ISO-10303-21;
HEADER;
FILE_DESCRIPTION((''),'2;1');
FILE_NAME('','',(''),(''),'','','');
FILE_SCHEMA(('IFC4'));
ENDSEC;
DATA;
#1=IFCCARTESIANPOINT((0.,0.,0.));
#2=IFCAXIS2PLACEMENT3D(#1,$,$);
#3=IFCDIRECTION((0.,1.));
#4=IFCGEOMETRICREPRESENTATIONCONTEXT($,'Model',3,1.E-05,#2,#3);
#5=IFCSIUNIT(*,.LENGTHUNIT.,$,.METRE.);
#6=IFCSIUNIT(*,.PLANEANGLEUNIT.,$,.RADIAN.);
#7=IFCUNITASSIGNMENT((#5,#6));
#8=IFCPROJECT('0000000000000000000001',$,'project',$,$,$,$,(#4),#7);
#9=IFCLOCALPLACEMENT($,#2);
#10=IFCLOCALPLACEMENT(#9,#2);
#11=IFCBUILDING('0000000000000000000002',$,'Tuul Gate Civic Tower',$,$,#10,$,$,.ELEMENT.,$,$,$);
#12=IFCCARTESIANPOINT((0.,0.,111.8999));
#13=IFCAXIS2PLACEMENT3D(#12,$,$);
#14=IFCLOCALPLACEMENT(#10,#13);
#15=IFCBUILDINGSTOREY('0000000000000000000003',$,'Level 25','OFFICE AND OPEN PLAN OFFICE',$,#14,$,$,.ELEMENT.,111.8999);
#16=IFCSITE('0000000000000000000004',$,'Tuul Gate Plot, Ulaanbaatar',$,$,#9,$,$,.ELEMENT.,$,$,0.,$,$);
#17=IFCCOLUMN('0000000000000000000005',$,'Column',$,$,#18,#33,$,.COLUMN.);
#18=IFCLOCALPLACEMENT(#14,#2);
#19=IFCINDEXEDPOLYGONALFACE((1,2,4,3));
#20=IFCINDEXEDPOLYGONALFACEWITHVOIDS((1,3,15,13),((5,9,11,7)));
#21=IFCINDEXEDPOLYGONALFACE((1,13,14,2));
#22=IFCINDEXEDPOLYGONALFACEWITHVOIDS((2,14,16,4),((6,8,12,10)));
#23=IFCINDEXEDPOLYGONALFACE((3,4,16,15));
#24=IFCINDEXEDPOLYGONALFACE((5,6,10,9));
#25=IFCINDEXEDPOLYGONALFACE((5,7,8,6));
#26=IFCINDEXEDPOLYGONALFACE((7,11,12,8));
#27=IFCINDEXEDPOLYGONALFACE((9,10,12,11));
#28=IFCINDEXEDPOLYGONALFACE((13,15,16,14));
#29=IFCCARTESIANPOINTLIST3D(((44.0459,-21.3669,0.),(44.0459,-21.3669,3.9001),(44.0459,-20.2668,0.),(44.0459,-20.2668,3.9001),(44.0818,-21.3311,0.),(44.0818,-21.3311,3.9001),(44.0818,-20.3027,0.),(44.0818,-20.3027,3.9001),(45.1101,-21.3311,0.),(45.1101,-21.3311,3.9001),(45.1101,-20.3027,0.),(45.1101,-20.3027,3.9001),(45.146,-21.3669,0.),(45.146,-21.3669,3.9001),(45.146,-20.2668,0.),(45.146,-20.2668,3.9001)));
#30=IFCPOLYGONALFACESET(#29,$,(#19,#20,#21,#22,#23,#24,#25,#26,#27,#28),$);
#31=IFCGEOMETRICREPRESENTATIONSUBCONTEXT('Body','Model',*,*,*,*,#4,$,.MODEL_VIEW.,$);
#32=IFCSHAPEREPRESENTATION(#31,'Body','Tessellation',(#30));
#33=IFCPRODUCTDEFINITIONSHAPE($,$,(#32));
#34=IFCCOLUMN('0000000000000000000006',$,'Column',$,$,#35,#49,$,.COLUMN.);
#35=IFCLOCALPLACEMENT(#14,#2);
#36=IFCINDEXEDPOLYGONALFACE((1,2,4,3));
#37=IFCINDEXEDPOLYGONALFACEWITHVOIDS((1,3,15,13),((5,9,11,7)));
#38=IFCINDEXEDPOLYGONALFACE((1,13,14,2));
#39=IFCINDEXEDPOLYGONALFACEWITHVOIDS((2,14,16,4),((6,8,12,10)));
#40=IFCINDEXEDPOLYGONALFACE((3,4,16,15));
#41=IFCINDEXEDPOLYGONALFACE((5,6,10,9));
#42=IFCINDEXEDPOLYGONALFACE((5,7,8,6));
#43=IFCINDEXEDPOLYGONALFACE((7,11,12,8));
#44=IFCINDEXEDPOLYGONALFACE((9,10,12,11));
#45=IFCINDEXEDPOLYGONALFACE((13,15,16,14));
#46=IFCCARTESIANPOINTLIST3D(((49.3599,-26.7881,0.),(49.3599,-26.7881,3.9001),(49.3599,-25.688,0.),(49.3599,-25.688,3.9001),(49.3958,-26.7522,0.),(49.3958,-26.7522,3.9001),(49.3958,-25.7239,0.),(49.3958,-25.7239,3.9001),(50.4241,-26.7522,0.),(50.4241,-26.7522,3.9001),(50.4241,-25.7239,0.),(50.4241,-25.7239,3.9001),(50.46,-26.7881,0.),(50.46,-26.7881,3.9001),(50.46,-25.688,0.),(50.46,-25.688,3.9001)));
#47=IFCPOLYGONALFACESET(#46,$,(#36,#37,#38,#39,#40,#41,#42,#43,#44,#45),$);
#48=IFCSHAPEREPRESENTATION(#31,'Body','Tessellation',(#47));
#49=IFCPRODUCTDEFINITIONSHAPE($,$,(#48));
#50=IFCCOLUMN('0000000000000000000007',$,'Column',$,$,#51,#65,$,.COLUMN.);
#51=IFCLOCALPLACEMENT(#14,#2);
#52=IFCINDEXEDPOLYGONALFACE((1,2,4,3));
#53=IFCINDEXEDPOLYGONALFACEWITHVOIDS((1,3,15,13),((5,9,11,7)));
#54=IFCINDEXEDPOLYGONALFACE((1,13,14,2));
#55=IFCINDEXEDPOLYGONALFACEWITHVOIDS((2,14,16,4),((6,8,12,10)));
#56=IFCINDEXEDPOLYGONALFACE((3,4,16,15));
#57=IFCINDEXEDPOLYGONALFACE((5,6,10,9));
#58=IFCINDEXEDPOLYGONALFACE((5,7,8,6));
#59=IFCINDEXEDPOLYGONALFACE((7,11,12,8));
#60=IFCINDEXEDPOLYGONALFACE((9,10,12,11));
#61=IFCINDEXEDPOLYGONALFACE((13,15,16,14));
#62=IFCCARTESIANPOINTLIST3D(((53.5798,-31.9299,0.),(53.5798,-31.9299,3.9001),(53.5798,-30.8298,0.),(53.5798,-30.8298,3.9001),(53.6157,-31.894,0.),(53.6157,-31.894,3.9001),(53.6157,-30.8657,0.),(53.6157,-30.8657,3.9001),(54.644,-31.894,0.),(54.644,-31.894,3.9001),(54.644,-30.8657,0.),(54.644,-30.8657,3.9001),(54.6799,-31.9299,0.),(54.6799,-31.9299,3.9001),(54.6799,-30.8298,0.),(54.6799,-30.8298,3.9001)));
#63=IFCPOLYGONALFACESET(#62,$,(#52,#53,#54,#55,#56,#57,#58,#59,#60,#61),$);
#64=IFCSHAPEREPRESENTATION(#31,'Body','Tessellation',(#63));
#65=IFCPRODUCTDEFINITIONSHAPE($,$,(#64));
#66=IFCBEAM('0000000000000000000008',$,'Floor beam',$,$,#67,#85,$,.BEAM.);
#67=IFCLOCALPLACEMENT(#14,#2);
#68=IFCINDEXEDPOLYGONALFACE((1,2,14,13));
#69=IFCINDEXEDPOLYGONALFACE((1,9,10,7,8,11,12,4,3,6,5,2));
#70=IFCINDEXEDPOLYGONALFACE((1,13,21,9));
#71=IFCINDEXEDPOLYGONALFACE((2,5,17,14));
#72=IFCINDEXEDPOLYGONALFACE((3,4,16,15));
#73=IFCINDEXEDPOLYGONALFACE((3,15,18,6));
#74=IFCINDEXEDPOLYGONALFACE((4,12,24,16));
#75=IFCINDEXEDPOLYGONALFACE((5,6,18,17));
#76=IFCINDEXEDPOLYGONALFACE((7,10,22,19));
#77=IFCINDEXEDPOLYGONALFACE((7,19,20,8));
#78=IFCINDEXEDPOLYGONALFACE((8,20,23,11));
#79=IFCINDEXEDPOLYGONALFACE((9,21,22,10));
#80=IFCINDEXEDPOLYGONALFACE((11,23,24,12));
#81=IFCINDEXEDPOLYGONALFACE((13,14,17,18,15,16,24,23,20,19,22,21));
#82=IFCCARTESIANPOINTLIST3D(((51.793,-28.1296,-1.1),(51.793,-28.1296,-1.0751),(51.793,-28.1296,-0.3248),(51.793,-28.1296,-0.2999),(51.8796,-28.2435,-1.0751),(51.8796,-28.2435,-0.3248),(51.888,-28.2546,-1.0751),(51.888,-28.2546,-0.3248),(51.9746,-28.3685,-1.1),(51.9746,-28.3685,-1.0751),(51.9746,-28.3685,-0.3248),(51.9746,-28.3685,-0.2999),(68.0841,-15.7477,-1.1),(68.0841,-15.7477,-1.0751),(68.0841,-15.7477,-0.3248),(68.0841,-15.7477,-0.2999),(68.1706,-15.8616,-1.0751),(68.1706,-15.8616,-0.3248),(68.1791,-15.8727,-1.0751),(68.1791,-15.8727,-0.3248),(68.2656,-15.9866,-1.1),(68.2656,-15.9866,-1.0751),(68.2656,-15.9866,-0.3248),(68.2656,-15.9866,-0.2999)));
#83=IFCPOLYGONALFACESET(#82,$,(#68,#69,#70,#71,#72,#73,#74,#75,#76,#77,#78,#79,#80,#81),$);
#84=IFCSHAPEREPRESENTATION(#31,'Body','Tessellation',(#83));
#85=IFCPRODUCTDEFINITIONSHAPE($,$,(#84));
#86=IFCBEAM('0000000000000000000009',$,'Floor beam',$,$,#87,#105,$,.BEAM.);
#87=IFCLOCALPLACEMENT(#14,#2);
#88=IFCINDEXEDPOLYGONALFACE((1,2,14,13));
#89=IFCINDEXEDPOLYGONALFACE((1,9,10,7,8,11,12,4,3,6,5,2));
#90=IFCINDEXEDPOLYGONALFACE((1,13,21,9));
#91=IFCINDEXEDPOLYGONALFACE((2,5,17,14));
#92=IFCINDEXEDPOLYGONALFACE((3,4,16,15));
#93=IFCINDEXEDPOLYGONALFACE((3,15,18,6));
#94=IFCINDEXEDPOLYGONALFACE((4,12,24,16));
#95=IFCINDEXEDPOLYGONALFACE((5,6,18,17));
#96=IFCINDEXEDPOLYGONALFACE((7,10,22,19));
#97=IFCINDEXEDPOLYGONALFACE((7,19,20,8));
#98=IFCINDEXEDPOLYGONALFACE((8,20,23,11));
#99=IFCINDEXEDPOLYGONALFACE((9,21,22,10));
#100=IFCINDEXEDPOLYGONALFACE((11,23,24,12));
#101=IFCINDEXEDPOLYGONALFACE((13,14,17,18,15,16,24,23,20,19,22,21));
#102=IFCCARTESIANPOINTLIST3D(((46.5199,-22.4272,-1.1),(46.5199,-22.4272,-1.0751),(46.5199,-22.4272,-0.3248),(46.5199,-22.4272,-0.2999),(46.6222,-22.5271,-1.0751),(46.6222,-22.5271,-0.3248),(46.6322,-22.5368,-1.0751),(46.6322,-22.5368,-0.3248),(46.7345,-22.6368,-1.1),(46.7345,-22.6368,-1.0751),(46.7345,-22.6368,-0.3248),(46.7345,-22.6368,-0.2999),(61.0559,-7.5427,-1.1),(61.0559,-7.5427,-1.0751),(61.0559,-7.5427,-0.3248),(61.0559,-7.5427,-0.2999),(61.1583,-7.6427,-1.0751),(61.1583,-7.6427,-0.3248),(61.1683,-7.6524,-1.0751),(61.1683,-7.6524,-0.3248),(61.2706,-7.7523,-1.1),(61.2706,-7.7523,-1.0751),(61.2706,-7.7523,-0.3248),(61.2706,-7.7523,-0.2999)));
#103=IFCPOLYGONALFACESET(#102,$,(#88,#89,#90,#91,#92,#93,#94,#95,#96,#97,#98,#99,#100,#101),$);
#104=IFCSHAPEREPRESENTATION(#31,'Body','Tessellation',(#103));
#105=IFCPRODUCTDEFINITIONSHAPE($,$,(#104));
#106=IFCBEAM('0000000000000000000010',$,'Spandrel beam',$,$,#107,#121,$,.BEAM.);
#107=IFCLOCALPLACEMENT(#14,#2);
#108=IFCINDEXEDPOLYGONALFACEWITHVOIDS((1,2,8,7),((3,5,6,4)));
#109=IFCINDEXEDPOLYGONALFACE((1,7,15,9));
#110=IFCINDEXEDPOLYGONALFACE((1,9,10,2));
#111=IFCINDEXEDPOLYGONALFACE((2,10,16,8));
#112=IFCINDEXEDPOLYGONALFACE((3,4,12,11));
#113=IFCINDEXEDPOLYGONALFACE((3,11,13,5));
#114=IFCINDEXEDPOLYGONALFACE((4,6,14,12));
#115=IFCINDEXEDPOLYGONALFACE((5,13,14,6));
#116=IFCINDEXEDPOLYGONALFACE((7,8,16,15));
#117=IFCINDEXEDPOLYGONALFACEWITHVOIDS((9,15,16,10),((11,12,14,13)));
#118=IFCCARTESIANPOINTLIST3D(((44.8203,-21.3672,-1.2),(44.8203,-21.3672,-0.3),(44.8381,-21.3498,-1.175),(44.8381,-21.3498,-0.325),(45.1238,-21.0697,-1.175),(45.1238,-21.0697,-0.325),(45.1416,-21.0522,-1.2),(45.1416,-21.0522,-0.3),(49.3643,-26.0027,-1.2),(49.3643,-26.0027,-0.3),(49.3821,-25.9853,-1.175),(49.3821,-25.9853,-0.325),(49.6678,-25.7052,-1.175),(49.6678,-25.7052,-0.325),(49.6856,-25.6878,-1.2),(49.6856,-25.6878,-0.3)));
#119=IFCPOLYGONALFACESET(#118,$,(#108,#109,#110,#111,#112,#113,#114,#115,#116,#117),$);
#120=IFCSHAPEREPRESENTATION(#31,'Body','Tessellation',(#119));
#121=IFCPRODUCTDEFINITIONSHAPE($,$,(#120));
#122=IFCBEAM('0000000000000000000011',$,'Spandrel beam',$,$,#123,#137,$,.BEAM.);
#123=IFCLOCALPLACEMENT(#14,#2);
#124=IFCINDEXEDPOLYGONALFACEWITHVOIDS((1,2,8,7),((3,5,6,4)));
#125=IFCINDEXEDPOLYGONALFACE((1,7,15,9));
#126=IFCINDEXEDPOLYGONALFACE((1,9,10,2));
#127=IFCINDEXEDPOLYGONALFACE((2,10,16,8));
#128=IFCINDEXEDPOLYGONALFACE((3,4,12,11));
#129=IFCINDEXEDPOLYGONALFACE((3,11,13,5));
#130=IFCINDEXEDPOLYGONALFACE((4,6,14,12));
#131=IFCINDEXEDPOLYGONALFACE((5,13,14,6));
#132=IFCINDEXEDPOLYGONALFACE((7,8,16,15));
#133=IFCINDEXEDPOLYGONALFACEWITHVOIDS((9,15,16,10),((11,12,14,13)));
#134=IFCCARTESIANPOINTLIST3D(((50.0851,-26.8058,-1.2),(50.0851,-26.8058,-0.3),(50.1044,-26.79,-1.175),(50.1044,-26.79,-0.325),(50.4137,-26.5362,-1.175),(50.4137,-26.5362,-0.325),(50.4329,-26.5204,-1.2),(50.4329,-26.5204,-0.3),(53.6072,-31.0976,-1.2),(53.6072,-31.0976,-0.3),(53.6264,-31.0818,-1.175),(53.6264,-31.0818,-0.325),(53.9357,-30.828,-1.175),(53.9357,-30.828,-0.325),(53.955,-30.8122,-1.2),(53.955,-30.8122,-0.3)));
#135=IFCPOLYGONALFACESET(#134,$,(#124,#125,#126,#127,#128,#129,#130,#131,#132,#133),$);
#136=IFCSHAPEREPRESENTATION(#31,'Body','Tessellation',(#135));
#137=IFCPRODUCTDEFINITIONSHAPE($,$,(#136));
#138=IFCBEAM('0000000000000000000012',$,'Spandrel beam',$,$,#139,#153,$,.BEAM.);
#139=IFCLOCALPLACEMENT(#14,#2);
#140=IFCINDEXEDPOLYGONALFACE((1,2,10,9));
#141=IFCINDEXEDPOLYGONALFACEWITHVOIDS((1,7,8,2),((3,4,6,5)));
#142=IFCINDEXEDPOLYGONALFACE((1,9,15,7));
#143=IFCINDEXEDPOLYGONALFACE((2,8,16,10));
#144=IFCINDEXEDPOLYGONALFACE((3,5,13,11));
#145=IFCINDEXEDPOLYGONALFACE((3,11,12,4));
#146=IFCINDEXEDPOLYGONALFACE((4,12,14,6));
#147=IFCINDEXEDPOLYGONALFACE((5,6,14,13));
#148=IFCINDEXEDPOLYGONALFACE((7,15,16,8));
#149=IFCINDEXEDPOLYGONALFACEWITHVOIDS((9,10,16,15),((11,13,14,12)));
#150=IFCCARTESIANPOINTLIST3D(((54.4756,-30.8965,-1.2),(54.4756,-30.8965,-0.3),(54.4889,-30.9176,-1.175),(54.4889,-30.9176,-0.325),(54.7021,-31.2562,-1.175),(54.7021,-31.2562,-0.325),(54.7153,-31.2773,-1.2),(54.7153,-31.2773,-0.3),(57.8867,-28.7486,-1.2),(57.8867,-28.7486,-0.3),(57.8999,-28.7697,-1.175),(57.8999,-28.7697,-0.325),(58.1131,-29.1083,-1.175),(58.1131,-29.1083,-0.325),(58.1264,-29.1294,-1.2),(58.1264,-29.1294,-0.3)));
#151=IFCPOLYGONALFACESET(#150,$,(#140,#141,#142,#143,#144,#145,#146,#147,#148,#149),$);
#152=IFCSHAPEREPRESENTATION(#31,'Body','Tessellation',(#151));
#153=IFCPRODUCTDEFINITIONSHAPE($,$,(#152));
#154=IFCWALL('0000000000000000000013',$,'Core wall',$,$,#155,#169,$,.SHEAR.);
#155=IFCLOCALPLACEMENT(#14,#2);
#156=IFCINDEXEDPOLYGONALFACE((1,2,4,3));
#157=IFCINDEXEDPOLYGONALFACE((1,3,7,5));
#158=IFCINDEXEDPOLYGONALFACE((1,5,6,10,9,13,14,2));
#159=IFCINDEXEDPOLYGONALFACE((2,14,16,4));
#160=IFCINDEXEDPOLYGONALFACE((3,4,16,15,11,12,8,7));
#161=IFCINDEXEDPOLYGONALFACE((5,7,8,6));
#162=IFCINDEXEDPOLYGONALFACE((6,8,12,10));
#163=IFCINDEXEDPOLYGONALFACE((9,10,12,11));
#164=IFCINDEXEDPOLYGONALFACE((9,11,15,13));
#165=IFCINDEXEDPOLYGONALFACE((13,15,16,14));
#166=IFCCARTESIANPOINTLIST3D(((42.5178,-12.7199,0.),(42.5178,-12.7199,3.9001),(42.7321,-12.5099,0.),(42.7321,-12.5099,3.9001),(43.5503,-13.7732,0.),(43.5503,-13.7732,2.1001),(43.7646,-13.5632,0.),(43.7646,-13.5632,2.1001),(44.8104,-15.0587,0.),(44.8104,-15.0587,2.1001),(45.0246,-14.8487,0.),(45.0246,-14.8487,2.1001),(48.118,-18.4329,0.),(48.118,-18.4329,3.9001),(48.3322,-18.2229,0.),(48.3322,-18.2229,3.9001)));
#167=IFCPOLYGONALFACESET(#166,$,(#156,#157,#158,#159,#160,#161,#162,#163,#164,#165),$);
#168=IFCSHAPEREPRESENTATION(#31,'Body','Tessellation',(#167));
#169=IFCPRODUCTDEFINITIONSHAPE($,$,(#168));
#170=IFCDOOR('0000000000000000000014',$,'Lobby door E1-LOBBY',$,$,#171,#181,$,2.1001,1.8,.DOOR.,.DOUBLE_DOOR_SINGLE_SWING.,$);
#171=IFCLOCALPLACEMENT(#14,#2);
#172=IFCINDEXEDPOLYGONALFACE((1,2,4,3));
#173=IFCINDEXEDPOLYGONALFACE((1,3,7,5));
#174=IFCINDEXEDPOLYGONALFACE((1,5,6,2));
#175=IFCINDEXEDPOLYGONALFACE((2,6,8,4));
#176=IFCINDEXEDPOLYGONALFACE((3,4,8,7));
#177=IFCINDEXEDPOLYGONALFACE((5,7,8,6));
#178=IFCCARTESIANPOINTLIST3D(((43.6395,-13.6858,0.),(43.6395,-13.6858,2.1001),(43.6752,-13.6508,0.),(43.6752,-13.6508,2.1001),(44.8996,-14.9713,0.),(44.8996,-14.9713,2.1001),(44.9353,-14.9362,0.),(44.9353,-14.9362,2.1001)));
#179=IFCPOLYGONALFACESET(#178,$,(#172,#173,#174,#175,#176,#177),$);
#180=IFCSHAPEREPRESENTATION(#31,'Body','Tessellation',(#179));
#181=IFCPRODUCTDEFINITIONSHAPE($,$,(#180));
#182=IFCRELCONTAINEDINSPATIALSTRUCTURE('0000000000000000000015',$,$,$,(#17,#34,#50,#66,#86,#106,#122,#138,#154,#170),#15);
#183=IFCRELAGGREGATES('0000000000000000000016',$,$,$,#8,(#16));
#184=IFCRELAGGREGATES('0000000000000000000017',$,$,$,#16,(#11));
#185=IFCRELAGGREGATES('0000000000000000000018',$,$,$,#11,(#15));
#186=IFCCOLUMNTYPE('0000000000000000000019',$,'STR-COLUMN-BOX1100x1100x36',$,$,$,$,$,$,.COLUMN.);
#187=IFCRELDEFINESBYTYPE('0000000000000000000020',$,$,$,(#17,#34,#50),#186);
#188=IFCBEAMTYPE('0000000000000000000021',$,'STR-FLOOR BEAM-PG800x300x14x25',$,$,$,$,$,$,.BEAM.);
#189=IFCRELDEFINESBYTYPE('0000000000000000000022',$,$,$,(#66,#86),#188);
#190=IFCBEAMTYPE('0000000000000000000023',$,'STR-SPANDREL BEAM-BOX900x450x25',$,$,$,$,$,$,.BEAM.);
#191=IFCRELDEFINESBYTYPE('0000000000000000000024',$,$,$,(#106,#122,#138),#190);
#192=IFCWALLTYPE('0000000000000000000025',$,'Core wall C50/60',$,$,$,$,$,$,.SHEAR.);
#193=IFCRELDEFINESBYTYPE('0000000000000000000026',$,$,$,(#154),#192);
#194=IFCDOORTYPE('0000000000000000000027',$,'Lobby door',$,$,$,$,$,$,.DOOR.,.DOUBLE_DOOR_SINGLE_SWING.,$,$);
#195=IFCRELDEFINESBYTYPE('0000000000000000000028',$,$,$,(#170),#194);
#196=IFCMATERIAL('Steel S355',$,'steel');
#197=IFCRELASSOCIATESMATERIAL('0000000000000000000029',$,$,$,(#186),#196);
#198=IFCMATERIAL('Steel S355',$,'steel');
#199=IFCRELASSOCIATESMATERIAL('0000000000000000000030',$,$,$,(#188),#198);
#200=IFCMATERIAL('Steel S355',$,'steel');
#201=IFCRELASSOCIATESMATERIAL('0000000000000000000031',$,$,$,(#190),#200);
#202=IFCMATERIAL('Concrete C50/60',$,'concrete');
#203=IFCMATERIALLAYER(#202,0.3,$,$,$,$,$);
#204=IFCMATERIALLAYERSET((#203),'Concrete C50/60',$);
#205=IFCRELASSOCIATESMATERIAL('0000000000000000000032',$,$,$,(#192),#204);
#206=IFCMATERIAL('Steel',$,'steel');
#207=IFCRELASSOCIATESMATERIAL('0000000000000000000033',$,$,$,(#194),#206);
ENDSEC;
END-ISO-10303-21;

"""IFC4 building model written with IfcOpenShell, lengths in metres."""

from ifc_helpers import new_model, si_unit, direction, frame, frame_2d, origin, origin_2d, place, context, subcontext, project, spatial, rectangle, hollow_rectangle, i_section, extrude, material, layer, layer_set, material_profile, profile_set, type_object, element, fill, save


model = new_model("IFC4")

# Units and contexts
model_context = context("Model", 3, precision=1e-05, world=origin(), true_north=direction((0.0, 1.0)))
body_context = subcontext(model_context, "Body", "Model", "MODEL_VIEW")
ifc_project = project(units=[si_unit("LENGTHUNIT", "METRE"), si_unit("PLANEANGLEUNIT", "RADIAN")], contexts=[model_context])

# Site, building, storey
site_placement = place(None, origin())
site = spatial("IfcSite", under=ifc_project, at=site_placement, Name="Tuul Gate Plot, Ulaanbaatar", CompositionType="ELEMENT", RefElevation=0.0)
building_placement = place(site_placement, origin())
building = spatial("IfcBuilding", under=site, at=building_placement, Name="Tuul Gate Civic Tower", CompositionType="ELEMENT")
storey_placement = place(building_placement, frame((0.0, 0.0, 111.8999)))
storey = spatial("IfcBuildingStorey", under=building, at=storey_placement, Name="Level 25", Description="OFFICE AND OPEN PLAN OFFICE", CompositionType="ELEMENT", Elevation=111.8999)

# Columns
ifc_material_1 = material(Name="Steel S355", Category="steel")
ifc_material_profile_1 = material_profile(ifc_material_1, hollow_rectangle(XDim=1.1001, YDim=1.1001, WallThickness=0.0359, at=origin_2d()), Name="BOX1100x1100x36")
ifc_profile_set_1 = profile_set([ifc_material_profile_1], Name="Steel S355")
column_type = type_object("IfcColumnType", Name="STR-COLUMN-BOX1100x1100x36", PredefinedType="COLUMN", material=ifc_profile_set_1)
for number, where, z_axis, x_axis, name in (
    (1, (44.5959, -20.8169, 0.0), (0.0, 0.0, 1.0), (1.0, 0.0, 0.0), "Column"),
    (2, (49.9099, -26.238, 0.0), (0.0, 0.0, 1.0), (1.0, 0.0, 0.0), "Column"),
    (3, (54.1299, -31.3799, 0.0), (0.0, 0.0, 1.0), (1.0, 0.0, 0.0), "Column"),
):
    element("IfcColumn", number, at=place(storey_placement, frame(where, z_axis=z_axis, x_axis=x_axis)), inside=storey, type_object=column_type, Name=name, PredefinedType="COLUMN", context=body_context, shape_type="SweptSolid", body=[
        extrude(hollow_rectangle(XDim=1.1001, YDim=1.1001, WallThickness=0.0359, at=origin_2d()), origin(), (0.0, 0.0, 1.0), 3.9001),
    ])

# Beams
ifc_material_2 = material(Name="Steel S355", Category="steel")
ifc_material_profile_2 = material_profile(ifc_material_2, i_section(OverallWidth=0.3, OverallDepth=0.8, WebThickness=0.0139, FlangeThickness=0.0249, at=origin_2d()), Name="PG800x300x14x25")
ifc_profile_set_2 = profile_set([ifc_material_profile_2], Name="Steel S355")
beam_type_1 = type_object("IfcBeamType", Name="STR-FLOOR BEAM-PG800x300x14x25", PredefinedType="BEAM", material=ifc_profile_set_2)
beam_1_placement = place(storey_placement, frame((51.8838, -28.249, -0.7), z_axis=(0.796147, 0.605104, 0.0), x_axis=(-0.605104, 0.796147, 0.0)))
element("IfcBeam", 4, at=beam_1_placement, inside=storey, type_object=beam_type_1, Name="Floor beam", PredefinedType="BEAM", context=body_context, shape_type="SweptSolid", body=[
    extrude(i_section(OverallWidth=0.3, OverallDepth=0.8, WebThickness=0.0139, FlangeThickness=0.0249, at=origin_2d()), origin(), (0.0, 0.0, 1.0), 20.4624),
])
beam_2_placement = place(storey_placement, frame((46.6272, -22.532, -0.7), z_axis=(0.698684, 0.71543, 0.0), x_axis=(-0.71543, 0.698684, 0.0)))
element("IfcBeam", 5, at=beam_2_placement, inside=storey, type_object=beam_type_1, Name="Floor beam", PredefinedType="BEAM", context=body_context, shape_type="SweptSolid", body=[
    extrude(i_section(OverallWidth=0.3, OverallDepth=0.8, WebThickness=0.0139, FlangeThickness=0.0249, at=origin_2d()), origin(), (0.0, 0.0, 1.0), 20.8049),
])
ifc_material_3 = material(Name="Steel S355", Category="steel")
ifc_material_profile_3 = material_profile(ifc_material_3, hollow_rectangle(XDim=0.45, YDim=0.8999, WallThickness=0.0249, at=origin_2d()), Name="BOX900x450x25")
ifc_profile_set_3 = profile_set([ifc_material_profile_3], Name="Steel S355")
beam_type_2 = type_object("IfcBeamType", Name="STR-SPANDREL BEAM-BOX900x450x25", PredefinedType="BEAM", material=ifc_profile_set_3)
beam_3_placement = place(storey_placement, frame((44.981, -21.2097, -0.75), z_axis=(0.70002, -0.714124, 0.0), x_axis=(0.714124, 0.70002, 0.0)))
element("IfcBeam", 6, at=beam_3_placement, inside=storey, type_object=beam_type_2, Name="Spandrel beam", PredefinedType="BEAM", context=body_context, shape_type="SweptSolid", body=[
    extrude(hollow_rectangle(XDim=0.45, YDim=0.8999, WallThickness=0.0249, at=origin_2d()), origin(), (0.0, 0.0, 1.0), 6.4912),
])
beam_4_placement = place(storey_placement, frame((50.259, -26.6631, -0.75), z_axis=(0.634375, -0.773026, 0.0), x_axis=(0.773026, 0.634375, 0.0)))
element("IfcBeam", 7, at=beam_4_placement, inside=storey, type_object=beam_type_2, Name="Spandrel beam", PredefinedType="BEAM", context=body_context, shape_type="SweptSolid", body=[
    extrude(hollow_rectangle(XDim=0.45, YDim=0.8999, WallThickness=0.0249, at=origin_2d()), origin(), (0.0, 0.0, 1.0), 5.552),
])
beam_5_placement = place(storey_placement, frame((54.5955, -31.0869, -0.75), z_axis=(0.846211, 0.532849, 0.0), x_axis=(-0.532849, 0.846211, 0.0)))
element("IfcBeam", 8, at=beam_5_placement, inside=storey, type_object=beam_type_2, Name="Spandrel beam", PredefinedType="BEAM", context=body_context, shape_type="SweptSolid", body=[
    extrude(hollow_rectangle(XDim=0.45, YDim=0.8999, WallThickness=0.0249, at=origin_2d()), origin(), (0.0, 0.0, 1.0), 4.031),
])

# Wall, opening, door
ifc_material_4 = material(Name="Concrete C50/60", Category="concrete")
ifc_layer_1 = layer(ifc_material_4, 0.3)
ifc_layer_set_1 = layer_set([ifc_layer_1], Name="Concrete C50/60")
wall_type_1 = type_object("IfcWallType", Name="Core wall C50/60", PredefinedType="SHEAR", material=ifc_layer_set_1)
wall_1_placement = place(storey_placement, frame((48.2251, -18.3279, 0.0), z_axis=(0.0, 0.0, 1.0), x_axis=(-0.700022, 0.714121, 0.0)))
wall_1 = element("IfcWall", 9, at=wall_1_placement, inside=storey, type_object=wall_type_1, Name="Core wall", PredefinedType="SHEAR", context=body_context, shape_type="SweptSolid", body=[
    extrude(rectangle(XDim=8.0, YDim=0.3, at=frame_2d((4.0, 0.0))), origin(), (0.0, 0.0, 1.0), 3.9001),
])
opening_1_placement = place(wall_1_placement, frame((4.7251, 0.0, 0.0)))
opening_1 = element("IfcOpeningElement", 10, at=opening_1_placement, cuts=wall_1, PredefinedType="OPENING", context=body_context, shape_type="SweptSolid", body=[
    extrude(rectangle(XDim=1.8, YDim=2.1001, at=frame_2d((0.8999, 1.05))), frame((0.0, 0.1602, 0.0), z_axis=(0.0, -1.0, 0.0), x_axis=(1.0, 0.0, 0.0)), (0.0, 0.0, 1.0), 0.3201),
])
ifc_material_5 = material(Name="Steel", Category="steel")
door_type = type_object("IfcDoorType", Name="Lobby door", OperationType="DOUBLE_DOOR_SINGLE_SWING", PredefinedType="DOOR", material=ifc_material_5)
door_placement = place(opening_1_placement, frame((1.8, 0.0, 0.0), z_axis=(0.0, 0.0, 1.0), x_axis=(-1.0, 0.0, 0.0)))
door = element("IfcDoor", 11, at=door_placement, inside=storey, type_object=door_type, Name="Lobby door E1-LOBBY", OperationType="DOUBLE_DOOR_SINGLE_SWING", OverallHeight=2.1001, OverallWidth=1.8, PredefinedType="DOOR", context=body_context, shape_type="SweptSolid", body=[
    extrude(rectangle(XDim=1.8, YDim=2.1001, at=frame_2d((0.9001, 1.05))), frame((0.0, 0.0249, 0.0), z_axis=(0.0, -1.0, 0.0), x_axis=(1.0, 0.0, 0.0)), (0.0, 0.0, 1.0), 0.05),
])
fill(opening_1, door)

save(model, "model.ifc")
